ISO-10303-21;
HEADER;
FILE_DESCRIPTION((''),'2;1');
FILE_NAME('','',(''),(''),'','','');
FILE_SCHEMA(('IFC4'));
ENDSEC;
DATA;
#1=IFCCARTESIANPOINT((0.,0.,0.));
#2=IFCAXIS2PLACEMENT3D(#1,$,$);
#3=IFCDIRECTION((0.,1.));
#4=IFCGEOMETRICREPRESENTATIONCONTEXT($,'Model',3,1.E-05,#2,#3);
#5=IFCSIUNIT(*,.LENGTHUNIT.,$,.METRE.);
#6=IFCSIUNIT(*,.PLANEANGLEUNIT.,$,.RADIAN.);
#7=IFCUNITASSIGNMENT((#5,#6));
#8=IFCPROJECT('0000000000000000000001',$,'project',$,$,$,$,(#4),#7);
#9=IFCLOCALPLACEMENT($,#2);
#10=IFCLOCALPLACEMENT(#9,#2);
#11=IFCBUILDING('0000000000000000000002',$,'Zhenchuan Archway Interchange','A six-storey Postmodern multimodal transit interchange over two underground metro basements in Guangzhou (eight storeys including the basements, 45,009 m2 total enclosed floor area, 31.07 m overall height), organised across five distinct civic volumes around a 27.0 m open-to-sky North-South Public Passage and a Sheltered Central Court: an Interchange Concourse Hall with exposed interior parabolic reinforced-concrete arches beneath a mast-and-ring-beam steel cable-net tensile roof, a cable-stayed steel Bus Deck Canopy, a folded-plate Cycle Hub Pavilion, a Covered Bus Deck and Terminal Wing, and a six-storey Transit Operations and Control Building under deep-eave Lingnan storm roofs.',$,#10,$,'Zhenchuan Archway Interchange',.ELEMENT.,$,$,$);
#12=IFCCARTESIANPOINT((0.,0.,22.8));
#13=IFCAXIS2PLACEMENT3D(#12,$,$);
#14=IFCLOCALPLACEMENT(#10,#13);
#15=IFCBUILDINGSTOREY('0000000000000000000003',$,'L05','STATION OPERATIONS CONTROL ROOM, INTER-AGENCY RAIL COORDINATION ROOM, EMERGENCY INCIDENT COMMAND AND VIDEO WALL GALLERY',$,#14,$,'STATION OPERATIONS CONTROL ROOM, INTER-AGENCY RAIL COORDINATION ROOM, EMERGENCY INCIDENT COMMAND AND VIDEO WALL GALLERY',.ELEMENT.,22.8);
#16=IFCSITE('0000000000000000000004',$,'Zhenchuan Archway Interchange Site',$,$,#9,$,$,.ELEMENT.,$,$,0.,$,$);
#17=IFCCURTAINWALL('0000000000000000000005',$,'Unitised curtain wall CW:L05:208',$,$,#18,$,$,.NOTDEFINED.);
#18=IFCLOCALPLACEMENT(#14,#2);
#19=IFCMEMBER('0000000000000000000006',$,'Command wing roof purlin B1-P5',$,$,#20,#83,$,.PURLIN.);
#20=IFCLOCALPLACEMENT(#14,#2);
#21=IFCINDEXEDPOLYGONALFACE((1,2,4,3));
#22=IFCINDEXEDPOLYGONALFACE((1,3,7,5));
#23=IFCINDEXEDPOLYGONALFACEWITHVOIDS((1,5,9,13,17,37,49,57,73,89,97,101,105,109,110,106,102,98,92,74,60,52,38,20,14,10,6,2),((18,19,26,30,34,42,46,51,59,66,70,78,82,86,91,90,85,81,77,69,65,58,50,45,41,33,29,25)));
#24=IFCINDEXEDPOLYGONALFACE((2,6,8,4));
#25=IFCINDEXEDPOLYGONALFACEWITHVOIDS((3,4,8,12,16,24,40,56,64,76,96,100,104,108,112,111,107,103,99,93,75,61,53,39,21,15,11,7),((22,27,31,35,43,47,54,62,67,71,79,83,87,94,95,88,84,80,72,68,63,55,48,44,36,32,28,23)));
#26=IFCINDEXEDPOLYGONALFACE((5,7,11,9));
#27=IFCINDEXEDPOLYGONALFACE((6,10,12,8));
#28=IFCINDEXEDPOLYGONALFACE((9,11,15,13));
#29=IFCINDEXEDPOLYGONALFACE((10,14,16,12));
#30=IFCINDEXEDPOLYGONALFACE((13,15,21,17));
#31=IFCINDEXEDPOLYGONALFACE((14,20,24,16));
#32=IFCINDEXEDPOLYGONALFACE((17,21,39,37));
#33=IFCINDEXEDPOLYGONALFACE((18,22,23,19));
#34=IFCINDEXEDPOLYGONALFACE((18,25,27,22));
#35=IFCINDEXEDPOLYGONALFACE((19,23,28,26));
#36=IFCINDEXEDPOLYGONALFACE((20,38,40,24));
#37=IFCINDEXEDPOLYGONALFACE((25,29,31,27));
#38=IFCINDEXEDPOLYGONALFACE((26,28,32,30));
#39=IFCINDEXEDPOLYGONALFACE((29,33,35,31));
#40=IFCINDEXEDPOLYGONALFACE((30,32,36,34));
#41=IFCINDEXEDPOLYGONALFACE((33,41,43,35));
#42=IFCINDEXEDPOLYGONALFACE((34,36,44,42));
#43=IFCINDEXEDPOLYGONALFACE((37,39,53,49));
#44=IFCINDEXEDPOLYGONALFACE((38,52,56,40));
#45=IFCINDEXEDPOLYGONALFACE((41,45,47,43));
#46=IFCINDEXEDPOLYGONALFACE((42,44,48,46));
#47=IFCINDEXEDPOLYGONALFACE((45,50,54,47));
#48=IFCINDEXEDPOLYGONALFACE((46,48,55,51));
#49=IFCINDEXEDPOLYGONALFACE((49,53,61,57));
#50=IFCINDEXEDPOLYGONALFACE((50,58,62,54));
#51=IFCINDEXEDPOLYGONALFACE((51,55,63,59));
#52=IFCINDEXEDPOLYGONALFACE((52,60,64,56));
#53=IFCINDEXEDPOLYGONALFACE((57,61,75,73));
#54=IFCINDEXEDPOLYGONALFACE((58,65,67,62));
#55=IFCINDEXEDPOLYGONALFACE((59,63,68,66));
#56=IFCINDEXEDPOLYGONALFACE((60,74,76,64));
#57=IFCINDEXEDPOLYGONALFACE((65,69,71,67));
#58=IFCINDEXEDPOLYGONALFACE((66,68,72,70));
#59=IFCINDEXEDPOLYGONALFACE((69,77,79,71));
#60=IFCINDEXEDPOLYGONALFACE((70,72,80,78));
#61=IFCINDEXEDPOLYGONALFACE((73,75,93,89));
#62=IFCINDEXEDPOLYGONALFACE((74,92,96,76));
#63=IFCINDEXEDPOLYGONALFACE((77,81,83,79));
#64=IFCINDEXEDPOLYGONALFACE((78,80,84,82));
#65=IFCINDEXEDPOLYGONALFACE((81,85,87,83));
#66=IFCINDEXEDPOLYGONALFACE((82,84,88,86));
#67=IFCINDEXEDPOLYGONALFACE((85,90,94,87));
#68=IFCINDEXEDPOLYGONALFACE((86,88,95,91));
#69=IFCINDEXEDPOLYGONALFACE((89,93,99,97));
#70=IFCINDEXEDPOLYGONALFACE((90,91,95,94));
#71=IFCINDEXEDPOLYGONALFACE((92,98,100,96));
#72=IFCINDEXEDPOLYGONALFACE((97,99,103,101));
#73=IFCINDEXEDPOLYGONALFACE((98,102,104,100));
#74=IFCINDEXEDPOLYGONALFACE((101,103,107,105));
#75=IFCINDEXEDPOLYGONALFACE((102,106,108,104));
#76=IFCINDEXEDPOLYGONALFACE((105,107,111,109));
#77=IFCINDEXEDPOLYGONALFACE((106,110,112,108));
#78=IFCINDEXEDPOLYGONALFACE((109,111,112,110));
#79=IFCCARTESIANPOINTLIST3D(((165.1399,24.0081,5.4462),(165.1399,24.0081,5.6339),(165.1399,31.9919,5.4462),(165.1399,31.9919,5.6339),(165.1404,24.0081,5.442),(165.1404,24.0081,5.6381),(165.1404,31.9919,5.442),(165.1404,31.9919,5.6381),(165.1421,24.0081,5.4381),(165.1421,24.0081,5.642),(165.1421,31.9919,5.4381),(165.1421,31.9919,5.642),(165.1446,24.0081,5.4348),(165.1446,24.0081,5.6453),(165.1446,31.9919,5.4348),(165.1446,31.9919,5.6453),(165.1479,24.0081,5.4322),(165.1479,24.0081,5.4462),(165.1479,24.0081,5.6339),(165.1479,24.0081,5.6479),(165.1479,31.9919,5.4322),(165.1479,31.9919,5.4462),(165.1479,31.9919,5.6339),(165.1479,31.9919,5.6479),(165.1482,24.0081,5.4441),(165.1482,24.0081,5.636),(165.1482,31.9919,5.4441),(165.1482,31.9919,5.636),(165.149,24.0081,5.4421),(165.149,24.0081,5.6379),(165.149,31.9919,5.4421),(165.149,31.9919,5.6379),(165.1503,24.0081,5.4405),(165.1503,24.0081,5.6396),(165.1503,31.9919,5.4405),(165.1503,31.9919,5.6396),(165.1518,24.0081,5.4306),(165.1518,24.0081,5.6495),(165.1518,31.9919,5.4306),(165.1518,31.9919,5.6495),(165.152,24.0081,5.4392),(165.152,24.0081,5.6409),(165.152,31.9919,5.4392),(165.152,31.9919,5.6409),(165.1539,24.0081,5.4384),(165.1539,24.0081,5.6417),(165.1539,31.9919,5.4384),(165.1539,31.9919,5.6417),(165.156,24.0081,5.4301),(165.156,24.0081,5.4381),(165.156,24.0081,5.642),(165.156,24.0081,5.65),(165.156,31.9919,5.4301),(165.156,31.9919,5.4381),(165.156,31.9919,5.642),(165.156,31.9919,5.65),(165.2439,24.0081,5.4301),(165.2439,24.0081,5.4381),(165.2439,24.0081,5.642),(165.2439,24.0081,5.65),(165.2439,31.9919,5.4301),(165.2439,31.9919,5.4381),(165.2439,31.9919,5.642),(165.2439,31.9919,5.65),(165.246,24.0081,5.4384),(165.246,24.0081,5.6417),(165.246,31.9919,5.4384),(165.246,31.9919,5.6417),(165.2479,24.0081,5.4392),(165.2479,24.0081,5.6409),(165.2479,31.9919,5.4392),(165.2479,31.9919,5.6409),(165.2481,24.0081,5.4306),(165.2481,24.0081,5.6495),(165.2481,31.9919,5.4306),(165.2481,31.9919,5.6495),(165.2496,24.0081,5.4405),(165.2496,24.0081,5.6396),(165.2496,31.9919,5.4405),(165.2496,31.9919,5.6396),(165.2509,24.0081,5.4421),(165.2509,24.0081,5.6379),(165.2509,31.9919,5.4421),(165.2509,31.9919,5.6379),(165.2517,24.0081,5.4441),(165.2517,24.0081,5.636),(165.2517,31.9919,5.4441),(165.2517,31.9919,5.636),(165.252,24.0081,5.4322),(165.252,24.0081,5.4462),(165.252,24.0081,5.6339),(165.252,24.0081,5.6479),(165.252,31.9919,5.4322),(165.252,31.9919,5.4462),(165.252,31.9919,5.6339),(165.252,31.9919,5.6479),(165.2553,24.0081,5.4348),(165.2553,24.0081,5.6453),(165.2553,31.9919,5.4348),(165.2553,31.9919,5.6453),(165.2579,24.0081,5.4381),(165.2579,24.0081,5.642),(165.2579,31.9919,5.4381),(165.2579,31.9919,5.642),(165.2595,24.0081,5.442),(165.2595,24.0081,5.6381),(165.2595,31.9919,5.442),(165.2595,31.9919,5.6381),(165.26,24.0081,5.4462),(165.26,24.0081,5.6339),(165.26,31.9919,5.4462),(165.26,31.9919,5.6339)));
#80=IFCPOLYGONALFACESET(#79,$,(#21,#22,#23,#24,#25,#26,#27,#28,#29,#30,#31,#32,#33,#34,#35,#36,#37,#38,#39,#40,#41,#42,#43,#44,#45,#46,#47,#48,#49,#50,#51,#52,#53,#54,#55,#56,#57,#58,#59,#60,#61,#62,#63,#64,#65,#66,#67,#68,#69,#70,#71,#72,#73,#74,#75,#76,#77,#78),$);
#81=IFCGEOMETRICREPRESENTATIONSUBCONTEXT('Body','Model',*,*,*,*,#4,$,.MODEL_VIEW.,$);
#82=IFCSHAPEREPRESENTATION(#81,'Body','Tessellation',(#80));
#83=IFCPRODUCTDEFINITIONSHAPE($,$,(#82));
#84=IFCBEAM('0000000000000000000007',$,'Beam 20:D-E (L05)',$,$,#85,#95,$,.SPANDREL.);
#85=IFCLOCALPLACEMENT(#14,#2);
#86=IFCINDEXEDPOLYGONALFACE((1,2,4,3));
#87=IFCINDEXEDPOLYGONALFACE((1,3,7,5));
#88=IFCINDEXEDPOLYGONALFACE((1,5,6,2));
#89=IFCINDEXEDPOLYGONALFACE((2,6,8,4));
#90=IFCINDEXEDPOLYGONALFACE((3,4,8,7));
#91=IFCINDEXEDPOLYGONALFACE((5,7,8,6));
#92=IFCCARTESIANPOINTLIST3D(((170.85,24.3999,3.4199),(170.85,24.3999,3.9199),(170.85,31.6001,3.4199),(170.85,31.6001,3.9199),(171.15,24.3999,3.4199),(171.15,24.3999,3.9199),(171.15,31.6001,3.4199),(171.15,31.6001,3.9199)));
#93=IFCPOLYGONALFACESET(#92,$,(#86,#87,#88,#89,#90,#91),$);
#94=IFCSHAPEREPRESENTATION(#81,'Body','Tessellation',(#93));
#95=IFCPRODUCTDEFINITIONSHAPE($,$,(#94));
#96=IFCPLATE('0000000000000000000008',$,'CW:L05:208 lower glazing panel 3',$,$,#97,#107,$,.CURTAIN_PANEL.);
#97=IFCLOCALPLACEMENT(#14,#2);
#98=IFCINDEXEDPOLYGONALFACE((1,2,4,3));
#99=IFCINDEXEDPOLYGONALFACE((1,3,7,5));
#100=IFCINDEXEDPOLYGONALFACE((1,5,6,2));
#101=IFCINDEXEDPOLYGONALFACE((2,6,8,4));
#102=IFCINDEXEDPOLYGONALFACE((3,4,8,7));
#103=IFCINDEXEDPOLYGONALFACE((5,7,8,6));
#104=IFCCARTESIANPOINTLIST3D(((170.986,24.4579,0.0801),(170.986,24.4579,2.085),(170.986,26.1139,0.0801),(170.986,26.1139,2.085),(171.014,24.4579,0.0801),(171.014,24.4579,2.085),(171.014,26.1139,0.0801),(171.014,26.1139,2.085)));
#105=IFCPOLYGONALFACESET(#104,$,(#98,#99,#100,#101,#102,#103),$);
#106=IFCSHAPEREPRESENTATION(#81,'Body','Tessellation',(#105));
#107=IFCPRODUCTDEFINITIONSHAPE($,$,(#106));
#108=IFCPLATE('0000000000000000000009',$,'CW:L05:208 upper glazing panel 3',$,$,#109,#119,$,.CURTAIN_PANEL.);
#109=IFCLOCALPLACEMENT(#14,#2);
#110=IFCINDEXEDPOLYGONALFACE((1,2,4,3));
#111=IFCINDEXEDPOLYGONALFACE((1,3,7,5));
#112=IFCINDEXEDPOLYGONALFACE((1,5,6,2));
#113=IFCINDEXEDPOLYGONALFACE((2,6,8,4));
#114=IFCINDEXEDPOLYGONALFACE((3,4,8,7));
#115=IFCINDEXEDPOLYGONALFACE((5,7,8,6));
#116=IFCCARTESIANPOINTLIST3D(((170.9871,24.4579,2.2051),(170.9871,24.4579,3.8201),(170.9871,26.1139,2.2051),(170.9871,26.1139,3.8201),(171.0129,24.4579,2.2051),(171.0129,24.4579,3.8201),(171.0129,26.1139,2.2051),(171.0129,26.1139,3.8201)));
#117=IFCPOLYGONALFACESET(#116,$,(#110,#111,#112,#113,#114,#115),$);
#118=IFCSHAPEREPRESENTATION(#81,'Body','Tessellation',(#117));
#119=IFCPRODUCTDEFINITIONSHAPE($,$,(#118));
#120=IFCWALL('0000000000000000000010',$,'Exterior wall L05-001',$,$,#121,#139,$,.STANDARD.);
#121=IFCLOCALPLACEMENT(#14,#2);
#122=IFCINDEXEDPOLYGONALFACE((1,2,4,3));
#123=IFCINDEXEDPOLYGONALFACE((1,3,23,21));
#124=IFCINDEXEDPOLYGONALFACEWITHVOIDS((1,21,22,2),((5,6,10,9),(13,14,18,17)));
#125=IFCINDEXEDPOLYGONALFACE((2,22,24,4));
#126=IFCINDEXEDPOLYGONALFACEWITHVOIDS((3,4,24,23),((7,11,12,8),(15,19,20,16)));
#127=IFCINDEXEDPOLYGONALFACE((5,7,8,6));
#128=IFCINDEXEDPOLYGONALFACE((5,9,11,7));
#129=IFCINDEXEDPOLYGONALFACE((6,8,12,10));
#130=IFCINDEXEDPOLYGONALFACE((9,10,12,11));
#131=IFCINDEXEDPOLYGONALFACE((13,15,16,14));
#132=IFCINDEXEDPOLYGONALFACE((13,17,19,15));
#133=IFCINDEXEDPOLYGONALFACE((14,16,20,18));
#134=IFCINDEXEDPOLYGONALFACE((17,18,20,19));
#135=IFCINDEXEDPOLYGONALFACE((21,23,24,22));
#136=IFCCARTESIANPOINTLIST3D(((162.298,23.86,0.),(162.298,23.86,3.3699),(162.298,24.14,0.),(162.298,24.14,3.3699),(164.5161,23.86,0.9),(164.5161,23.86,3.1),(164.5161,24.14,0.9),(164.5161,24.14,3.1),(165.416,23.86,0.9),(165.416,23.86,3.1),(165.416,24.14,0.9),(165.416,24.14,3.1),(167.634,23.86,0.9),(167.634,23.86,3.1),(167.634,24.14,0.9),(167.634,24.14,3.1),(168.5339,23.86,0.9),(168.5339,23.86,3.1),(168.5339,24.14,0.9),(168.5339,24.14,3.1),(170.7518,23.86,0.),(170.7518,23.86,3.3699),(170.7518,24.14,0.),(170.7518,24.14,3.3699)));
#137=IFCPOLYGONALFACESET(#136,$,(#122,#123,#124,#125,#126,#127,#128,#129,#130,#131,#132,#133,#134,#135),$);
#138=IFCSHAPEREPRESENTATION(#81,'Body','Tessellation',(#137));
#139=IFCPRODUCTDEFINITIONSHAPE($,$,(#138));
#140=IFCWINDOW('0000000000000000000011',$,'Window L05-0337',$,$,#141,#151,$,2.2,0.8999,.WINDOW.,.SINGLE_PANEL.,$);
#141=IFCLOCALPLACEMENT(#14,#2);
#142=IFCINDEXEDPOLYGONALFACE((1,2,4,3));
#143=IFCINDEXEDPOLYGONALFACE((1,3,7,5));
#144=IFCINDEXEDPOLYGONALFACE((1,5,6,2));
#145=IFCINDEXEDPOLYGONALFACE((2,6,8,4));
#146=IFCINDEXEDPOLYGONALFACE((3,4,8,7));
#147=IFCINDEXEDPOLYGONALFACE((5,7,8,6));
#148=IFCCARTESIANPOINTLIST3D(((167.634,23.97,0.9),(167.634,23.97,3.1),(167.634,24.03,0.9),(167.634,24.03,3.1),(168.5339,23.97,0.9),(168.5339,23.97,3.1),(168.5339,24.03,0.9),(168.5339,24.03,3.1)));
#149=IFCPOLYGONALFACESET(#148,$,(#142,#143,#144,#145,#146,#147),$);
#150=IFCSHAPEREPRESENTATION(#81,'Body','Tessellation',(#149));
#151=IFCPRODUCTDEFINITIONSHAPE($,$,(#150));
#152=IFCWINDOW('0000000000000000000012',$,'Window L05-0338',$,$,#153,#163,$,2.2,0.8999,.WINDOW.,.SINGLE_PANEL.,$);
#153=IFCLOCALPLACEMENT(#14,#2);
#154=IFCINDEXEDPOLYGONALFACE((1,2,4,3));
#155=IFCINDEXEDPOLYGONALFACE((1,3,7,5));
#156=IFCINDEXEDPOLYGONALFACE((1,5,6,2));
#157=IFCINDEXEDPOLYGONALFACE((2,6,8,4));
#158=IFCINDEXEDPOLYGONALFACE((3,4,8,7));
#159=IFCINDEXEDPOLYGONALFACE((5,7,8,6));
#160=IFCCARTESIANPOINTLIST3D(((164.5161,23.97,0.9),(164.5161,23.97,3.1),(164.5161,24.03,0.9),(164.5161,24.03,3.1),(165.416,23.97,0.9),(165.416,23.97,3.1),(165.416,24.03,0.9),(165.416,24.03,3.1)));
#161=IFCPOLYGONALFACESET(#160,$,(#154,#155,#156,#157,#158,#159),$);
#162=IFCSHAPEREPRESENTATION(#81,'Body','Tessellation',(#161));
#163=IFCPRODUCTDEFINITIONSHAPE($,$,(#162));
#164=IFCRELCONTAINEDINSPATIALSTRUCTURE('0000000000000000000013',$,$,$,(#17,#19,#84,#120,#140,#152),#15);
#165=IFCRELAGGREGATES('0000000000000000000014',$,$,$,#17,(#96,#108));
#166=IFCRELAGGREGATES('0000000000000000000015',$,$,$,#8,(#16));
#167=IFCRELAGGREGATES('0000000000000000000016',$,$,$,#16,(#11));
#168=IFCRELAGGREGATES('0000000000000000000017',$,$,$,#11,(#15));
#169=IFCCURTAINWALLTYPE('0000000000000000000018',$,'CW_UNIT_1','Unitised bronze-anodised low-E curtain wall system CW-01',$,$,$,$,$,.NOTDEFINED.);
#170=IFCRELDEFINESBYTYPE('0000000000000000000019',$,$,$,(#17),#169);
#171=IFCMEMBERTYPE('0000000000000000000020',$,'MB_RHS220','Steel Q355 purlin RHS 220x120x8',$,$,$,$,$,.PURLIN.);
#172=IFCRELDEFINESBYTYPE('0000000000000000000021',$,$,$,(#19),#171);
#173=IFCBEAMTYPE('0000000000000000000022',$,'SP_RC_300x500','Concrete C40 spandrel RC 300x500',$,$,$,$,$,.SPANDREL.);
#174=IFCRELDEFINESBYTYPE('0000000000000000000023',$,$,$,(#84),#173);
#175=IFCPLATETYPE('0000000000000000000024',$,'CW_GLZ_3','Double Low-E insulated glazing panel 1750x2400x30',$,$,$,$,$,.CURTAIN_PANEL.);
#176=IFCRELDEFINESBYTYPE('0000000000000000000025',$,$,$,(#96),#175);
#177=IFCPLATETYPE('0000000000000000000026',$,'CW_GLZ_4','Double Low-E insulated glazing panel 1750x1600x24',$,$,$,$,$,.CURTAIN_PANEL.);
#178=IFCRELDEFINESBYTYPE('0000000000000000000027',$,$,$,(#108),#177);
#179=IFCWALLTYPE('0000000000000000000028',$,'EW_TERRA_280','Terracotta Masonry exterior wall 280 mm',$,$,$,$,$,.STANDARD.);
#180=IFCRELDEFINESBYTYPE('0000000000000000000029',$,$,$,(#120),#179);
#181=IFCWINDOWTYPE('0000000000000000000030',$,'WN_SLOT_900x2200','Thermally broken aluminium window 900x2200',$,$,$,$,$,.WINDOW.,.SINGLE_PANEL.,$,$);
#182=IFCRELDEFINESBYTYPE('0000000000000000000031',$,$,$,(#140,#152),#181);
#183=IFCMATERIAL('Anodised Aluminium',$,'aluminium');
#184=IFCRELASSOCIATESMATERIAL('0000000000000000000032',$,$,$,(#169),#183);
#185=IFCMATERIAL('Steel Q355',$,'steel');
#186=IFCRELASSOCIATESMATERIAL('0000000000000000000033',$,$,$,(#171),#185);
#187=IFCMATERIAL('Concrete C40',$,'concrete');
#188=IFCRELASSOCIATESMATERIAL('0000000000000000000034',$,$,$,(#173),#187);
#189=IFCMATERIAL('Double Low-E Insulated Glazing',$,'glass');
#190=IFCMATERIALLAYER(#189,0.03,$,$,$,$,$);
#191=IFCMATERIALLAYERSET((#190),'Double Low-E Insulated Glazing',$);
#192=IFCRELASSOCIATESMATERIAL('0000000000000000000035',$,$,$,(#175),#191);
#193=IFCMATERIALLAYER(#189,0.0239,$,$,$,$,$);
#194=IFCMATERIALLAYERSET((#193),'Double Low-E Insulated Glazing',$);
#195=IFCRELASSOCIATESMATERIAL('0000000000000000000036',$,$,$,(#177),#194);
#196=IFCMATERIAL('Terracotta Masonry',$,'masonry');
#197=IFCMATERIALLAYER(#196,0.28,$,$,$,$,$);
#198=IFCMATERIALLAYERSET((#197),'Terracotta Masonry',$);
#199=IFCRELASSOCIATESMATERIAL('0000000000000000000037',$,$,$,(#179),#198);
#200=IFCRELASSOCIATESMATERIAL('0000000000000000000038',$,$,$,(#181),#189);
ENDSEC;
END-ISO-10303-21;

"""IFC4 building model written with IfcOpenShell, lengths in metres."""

from ifc_helpers import new_model, si_unit, direction, frame, frame_2d, origin, origin_2d, place, context, subcontext, project, spatial, rectangle, hollow_rectangle, extrude, material, layer, layer_set, material_profile, profile_set, type_object, element, fill, aggregate, save


model = new_model("IFC4")

# Units and contexts
model_context = context("Model", 3, precision=1e-05, world=origin(), true_north=direction((0.0, 1.0)))
body_context = subcontext(model_context, "Body", "Model", "MODEL_VIEW")
ifc_project = project(units=[si_unit("LENGTHUNIT", "METRE"), si_unit("PLANEANGLEUNIT", "RADIAN")], contexts=[model_context])

# Site, building, storey
site_placement = place(None, origin())
site = spatial("IfcSite", under=ifc_project, at=site_placement, Name="Zhenchuan Archway Interchange Site", CompositionType="ELEMENT", RefElevation=0.0)
building_placement = place(site_placement, origin())
building = spatial("IfcBuilding", under=site, at=building_placement, Name="Zhenchuan Archway Interchange", Description="A six-storey Postmodern multimodal transit interchange over two underground metro basements in Guangzhou (eight storeys including the basements, 45,009 m2 total enclosed floor area, 31.07 m overall height), organised across five distinct civic volumes around a 27.0 m open-to-sky North-South Public Passage and a Sheltered Central Court: an Interchange Concourse Hall with exposed interior parabolic reinforced-concrete arches beneath a mast-and-ring-beam steel cable-net tensile roof, a cable-stayed steel Bus Deck Canopy, a folded-plate Cycle Hub Pavilion, a Covered Bus Deck and Terminal Wing, and a six-storey Transit Operations and Control Building under deep-eave Lingnan storm roofs.", LongName="Zhenchuan Archway Interchange", CompositionType="ELEMENT")
storey_placement = place(building_placement, frame((0.0, 0.0, 22.8)))
storey = spatial("IfcBuildingStorey", under=building, at=storey_placement, Name="L05", Description="STATION OPERATIONS CONTROL ROOM, INTER-AGENCY RAIL COORDINATION ROOM, EMERGENCY INCIDENT COMMAND AND VIDEO WALL GALLERY", LongName="STATION OPERATIONS CONTROL ROOM, INTER-AGENCY RAIL COORDINATION ROOM, EMERGENCY INCIDENT COMMAND AND VIDEO WALL GALLERY", CompositionType="ELEMENT", Elevation=22.8)

# Shared definitions
ifc_material_1 = material(Name="Concrete C40", Category="concrete")

# Shared definitions
ifc_material_2 = material(Name="Steel Q355", Category="steel")

# Curtain wall
ifc_material_3 = material(Name="Anodised Aluminium", Category="aluminium")
curtain_wall_type = type_object("IfcCurtainWallType", Name="CW_UNIT_1", Description="Unitised bronze-anodised low-E curtain wall system CW-01", PredefinedType="NOTDEFINED", material=ifc_material_3)
curtain_wall_placement = place(storey_placement, origin())
curtain_wall = element("IfcCurtainWall", 1, at=curtain_wall_placement, inside=storey, type_object=curtain_wall_type, Name="Unitised curtain wall CW:L05:208", PredefinedType="NOTDEFINED")

# Member
ifc_material_profile_1 = material_profile(ifc_material_2, hollow_rectangle(XDim=0.1201, YDim=0.22, WallThickness=0.0081, InnerFilletRadius=0.0081, OuterFilletRadius=0.0161, at=origin_2d()), Name="RHS 220x120x8")
ifc_profile_set_1 = profile_set([ifc_material_profile_1], Name="Steel Q355")
member_type_1 = type_object("IfcMemberType", Name="MB_RHS220", Description="Steel Q355 purlin RHS 220x120x8", PredefinedType="PURLIN", material=ifc_profile_set_1)
member_1_placement = place(storey_placement, frame((165.2, 24.0081, 5.54), z_axis=(0.0, 1.0, 0.0), x_axis=(-1.0, 0.0, 0.0)))
element("IfcMember", 2, at=member_1_placement, inside=storey, type_object=member_type_1, Name="Command wing roof purlin B1-P5", PredefinedType="PURLIN", context=body_context, shape_type="SweptSolid", body=[
    extrude(hollow_rectangle(XDim=0.1201, YDim=0.22, WallThickness=0.0081, InnerFilletRadius=0.0081, OuterFilletRadius=0.0161, at=origin_2d()), origin(), (0.0, 0.0, 1.0), 7.9839),
])

# Beam
ifc_material_profile_2 = material_profile(ifc_material_1, rectangle(XDim=0.3, YDim=0.5, at=origin_2d()), Name="RC 300x500")
ifc_profile_set_2 = profile_set([ifc_material_profile_2], Name="Concrete C40")
beam_type_1 = type_object("IfcBeamType", Name="SP_RC_300x500", Description="Concrete C40 spandrel RC 300x500", PredefinedType="SPANDREL", material=ifc_profile_set_2)
beam_1_placement = place(storey_placement, frame((171.0, 24.3999, 3.6699), z_axis=(0.0, 1.0, 0.0), x_axis=(-1.0, 0.0, 0.0)))
element("IfcBeam", 3, at=beam_1_placement, inside=storey, type_object=beam_type_1, Name="Beam 20:D-E (L05)", PredefinedType="SPANDREL", context=body_context, shape_type="SweptSolid", body=[
    extrude(rectangle(XDim=0.3, YDim=0.5, at=origin_2d()), origin(), (0.0, 0.0, 1.0), 7.2002),
])

# Plates
ifc_material_4 = material(Name="Double Low-E Insulated Glazing", Category="glass")
ifc_layer_1 = layer(ifc_material_4, 0.03)
ifc_layer_set_1 = layer_set([ifc_layer_1], Name="Double Low-E Insulated Glazing")
plate_type_1 = type_object("IfcPlateType", Name="CW_GLZ_3", Description="Double Low-E insulated glazing panel 1750x2400x30", PredefinedType="CURTAIN_PANEL", material=ifc_layer_set_1)
plate_1_placement = place(storey_placement, frame((171.0, 25.2859, 0.0801), z_axis=(0.0, 0.0, 1.0), x_axis=(0.0, -1.0, 0.0)))
plate_1 = element("IfcPlate", 4, at=plate_1_placement, type_object=plate_type_1, Name="CW:L05:208 lower glazing panel 3", PredefinedType="CURTAIN_PANEL", context=body_context, shape_type="SweptSolid", body=[
    extrude(rectangle(XDim=1.656, YDim=0.0281, at=origin_2d()), origin(), (0.0, 0.0, 1.0), 2.0049),
])
ifc_layer_2 = layer(ifc_material_4, 0.0239)
ifc_layer_set_2 = layer_set([ifc_layer_2], Name="Double Low-E Insulated Glazing")
plate_type_2 = type_object("IfcPlateType", Name="CW_GLZ_4", Description="Double Low-E insulated glazing panel 1750x1600x24", PredefinedType="CURTAIN_PANEL", material=ifc_layer_set_2)
plate_2_placement = place(storey_placement, frame((171.0, 25.2859, 2.2051), z_axis=(0.0, 0.0, 1.0), x_axis=(0.0, -1.0, 0.0)))
plate_2 = element("IfcPlate", 5, at=plate_2_placement, type_object=plate_type_2, Name="CW:L05:208 upper glazing panel 3", PredefinedType="CURTAIN_PANEL", context=body_context, shape_type="SweptSolid", body=[
    extrude(rectangle(XDim=1.656, YDim=0.0259, at=origin_2d()), origin(), (0.0, 0.0, 1.0), 1.615),
])
aggregate(curtain_wall, [plate_1, plate_2])

# Wall, openings, windows
ifc_material_5 = material(Name="Terracotta Masonry", Category="masonry")
ifc_layer_3 = layer(ifc_material_5, 0.28)
ifc_layer_set_3 = layer_set([ifc_layer_3], Name="Terracotta Masonry")
wall_type = type_object("IfcWallType", Name="EW_TERRA_280", Description="Terracotta Masonry exterior wall 280 mm", PredefinedType="STANDARD", material=ifc_layer_set_3)
wall_placement = place(storey_placement, frame((170.752, 24.0, 0.0), z_axis=(0.0, 0.0, 1.0), x_axis=(-1.0, 0.0, 0.0)))
wall = element("IfcWall", 6, at=wall_placement, inside=storey, type_object=wall_type, Name="Exterior wall L05-001", PredefinedType="STANDARD", context=body_context, shape_type="SweptSolid", body=[
    extrude(rectangle(XDim=8.4539, YDim=0.28, at=frame_2d((4.2271, 0.0))), origin(), (0.0, 0.0, 1.0), 3.3699),
])
opening_1_placement = place(wall_placement, frame((2.218, 0.0, 0.8999)))
opening_1 = element("IfcOpeningElement", 7, at=opening_1_placement, cuts=wall, PredefinedType="OPENING", context=body_context, shape_type="SweptSolid", body=[
    extrude(rectangle(XDim=0.8999, YDim=2.2, at=frame_2d((0.45, 1.1001))), frame((0.0, 0.1519, 0.0), z_axis=(0.0, -1.0, 0.0), x_axis=(1.0, 0.0, 0.0)), (0.0, 0.0, 1.0), 0.304),
])
opening_2_placement = place(wall_placement, frame((5.3359, 0.0, 0.8999)))
opening_2 = element("IfcOpeningElement", 8, at=opening_2_placement, cuts=wall, PredefinedType="OPENING", context=body_context, shape_type="SweptSolid", body=[
    extrude(rectangle(XDim=0.8999, YDim=2.2, at=frame_2d((0.45, 1.1001))), frame((0.0, 0.1519, 0.0), z_axis=(0.0, -1.0, 0.0), x_axis=(1.0, 0.0, 0.0)), (0.0, 0.0, 1.0), 0.304),
])
window_type = type_object("IfcWindowType", Name="WN_SLOT_900x2200", Description="Thermally broken aluminium window 900x2200", PartitioningType="SINGLE_PANEL", PredefinedType="WINDOW", material=ifc_material_4)
window_1_placement = place(opening_1_placement, origin())
window_1 = element("IfcWindow", 9, at=window_1_placement, inside=storey, type_object=window_type, Name="Window L05-0337", OverallHeight=2.2, OverallWidth=0.8999, PartitioningType="SINGLE_PANEL", PredefinedType="WINDOW", context=body_context, shape_type="SweptSolid", body=[
    extrude(rectangle(XDim=0.8999, YDim=2.2, at=frame_2d((0.45, 1.1001))), frame((0.0, 0.03, 0.0), z_axis=(0.0, -1.0, 0.0), x_axis=(1.0, 0.0, 0.0)), (0.0, 0.0, 1.0), 0.0601),
])
fill(opening_1, window_1)
window_2_placement = place(opening_2_placement, origin())
window_2 = element("IfcWindow", 10, at=window_2_placement, inside=storey, type_object=window_type, Name="Window L05-0338", OverallHeight=2.2, OverallWidth=0.8999, PartitioningType="SINGLE_PANEL", PredefinedType="WINDOW", context=body_context, shape_type="SweptSolid", body=[
    extrude(rectangle(XDim=0.8999, YDim=2.2, at=frame_2d((0.45, 1.1001))), frame((0.0, 0.03, 0.0), z_axis=(0.0, -1.0, 0.0), x_axis=(1.0, 0.0, 0.0)), (0.0, 0.0, 1.0), 0.0601),
])
fill(opening_2, window_2)

save(model, "model.ifc")
